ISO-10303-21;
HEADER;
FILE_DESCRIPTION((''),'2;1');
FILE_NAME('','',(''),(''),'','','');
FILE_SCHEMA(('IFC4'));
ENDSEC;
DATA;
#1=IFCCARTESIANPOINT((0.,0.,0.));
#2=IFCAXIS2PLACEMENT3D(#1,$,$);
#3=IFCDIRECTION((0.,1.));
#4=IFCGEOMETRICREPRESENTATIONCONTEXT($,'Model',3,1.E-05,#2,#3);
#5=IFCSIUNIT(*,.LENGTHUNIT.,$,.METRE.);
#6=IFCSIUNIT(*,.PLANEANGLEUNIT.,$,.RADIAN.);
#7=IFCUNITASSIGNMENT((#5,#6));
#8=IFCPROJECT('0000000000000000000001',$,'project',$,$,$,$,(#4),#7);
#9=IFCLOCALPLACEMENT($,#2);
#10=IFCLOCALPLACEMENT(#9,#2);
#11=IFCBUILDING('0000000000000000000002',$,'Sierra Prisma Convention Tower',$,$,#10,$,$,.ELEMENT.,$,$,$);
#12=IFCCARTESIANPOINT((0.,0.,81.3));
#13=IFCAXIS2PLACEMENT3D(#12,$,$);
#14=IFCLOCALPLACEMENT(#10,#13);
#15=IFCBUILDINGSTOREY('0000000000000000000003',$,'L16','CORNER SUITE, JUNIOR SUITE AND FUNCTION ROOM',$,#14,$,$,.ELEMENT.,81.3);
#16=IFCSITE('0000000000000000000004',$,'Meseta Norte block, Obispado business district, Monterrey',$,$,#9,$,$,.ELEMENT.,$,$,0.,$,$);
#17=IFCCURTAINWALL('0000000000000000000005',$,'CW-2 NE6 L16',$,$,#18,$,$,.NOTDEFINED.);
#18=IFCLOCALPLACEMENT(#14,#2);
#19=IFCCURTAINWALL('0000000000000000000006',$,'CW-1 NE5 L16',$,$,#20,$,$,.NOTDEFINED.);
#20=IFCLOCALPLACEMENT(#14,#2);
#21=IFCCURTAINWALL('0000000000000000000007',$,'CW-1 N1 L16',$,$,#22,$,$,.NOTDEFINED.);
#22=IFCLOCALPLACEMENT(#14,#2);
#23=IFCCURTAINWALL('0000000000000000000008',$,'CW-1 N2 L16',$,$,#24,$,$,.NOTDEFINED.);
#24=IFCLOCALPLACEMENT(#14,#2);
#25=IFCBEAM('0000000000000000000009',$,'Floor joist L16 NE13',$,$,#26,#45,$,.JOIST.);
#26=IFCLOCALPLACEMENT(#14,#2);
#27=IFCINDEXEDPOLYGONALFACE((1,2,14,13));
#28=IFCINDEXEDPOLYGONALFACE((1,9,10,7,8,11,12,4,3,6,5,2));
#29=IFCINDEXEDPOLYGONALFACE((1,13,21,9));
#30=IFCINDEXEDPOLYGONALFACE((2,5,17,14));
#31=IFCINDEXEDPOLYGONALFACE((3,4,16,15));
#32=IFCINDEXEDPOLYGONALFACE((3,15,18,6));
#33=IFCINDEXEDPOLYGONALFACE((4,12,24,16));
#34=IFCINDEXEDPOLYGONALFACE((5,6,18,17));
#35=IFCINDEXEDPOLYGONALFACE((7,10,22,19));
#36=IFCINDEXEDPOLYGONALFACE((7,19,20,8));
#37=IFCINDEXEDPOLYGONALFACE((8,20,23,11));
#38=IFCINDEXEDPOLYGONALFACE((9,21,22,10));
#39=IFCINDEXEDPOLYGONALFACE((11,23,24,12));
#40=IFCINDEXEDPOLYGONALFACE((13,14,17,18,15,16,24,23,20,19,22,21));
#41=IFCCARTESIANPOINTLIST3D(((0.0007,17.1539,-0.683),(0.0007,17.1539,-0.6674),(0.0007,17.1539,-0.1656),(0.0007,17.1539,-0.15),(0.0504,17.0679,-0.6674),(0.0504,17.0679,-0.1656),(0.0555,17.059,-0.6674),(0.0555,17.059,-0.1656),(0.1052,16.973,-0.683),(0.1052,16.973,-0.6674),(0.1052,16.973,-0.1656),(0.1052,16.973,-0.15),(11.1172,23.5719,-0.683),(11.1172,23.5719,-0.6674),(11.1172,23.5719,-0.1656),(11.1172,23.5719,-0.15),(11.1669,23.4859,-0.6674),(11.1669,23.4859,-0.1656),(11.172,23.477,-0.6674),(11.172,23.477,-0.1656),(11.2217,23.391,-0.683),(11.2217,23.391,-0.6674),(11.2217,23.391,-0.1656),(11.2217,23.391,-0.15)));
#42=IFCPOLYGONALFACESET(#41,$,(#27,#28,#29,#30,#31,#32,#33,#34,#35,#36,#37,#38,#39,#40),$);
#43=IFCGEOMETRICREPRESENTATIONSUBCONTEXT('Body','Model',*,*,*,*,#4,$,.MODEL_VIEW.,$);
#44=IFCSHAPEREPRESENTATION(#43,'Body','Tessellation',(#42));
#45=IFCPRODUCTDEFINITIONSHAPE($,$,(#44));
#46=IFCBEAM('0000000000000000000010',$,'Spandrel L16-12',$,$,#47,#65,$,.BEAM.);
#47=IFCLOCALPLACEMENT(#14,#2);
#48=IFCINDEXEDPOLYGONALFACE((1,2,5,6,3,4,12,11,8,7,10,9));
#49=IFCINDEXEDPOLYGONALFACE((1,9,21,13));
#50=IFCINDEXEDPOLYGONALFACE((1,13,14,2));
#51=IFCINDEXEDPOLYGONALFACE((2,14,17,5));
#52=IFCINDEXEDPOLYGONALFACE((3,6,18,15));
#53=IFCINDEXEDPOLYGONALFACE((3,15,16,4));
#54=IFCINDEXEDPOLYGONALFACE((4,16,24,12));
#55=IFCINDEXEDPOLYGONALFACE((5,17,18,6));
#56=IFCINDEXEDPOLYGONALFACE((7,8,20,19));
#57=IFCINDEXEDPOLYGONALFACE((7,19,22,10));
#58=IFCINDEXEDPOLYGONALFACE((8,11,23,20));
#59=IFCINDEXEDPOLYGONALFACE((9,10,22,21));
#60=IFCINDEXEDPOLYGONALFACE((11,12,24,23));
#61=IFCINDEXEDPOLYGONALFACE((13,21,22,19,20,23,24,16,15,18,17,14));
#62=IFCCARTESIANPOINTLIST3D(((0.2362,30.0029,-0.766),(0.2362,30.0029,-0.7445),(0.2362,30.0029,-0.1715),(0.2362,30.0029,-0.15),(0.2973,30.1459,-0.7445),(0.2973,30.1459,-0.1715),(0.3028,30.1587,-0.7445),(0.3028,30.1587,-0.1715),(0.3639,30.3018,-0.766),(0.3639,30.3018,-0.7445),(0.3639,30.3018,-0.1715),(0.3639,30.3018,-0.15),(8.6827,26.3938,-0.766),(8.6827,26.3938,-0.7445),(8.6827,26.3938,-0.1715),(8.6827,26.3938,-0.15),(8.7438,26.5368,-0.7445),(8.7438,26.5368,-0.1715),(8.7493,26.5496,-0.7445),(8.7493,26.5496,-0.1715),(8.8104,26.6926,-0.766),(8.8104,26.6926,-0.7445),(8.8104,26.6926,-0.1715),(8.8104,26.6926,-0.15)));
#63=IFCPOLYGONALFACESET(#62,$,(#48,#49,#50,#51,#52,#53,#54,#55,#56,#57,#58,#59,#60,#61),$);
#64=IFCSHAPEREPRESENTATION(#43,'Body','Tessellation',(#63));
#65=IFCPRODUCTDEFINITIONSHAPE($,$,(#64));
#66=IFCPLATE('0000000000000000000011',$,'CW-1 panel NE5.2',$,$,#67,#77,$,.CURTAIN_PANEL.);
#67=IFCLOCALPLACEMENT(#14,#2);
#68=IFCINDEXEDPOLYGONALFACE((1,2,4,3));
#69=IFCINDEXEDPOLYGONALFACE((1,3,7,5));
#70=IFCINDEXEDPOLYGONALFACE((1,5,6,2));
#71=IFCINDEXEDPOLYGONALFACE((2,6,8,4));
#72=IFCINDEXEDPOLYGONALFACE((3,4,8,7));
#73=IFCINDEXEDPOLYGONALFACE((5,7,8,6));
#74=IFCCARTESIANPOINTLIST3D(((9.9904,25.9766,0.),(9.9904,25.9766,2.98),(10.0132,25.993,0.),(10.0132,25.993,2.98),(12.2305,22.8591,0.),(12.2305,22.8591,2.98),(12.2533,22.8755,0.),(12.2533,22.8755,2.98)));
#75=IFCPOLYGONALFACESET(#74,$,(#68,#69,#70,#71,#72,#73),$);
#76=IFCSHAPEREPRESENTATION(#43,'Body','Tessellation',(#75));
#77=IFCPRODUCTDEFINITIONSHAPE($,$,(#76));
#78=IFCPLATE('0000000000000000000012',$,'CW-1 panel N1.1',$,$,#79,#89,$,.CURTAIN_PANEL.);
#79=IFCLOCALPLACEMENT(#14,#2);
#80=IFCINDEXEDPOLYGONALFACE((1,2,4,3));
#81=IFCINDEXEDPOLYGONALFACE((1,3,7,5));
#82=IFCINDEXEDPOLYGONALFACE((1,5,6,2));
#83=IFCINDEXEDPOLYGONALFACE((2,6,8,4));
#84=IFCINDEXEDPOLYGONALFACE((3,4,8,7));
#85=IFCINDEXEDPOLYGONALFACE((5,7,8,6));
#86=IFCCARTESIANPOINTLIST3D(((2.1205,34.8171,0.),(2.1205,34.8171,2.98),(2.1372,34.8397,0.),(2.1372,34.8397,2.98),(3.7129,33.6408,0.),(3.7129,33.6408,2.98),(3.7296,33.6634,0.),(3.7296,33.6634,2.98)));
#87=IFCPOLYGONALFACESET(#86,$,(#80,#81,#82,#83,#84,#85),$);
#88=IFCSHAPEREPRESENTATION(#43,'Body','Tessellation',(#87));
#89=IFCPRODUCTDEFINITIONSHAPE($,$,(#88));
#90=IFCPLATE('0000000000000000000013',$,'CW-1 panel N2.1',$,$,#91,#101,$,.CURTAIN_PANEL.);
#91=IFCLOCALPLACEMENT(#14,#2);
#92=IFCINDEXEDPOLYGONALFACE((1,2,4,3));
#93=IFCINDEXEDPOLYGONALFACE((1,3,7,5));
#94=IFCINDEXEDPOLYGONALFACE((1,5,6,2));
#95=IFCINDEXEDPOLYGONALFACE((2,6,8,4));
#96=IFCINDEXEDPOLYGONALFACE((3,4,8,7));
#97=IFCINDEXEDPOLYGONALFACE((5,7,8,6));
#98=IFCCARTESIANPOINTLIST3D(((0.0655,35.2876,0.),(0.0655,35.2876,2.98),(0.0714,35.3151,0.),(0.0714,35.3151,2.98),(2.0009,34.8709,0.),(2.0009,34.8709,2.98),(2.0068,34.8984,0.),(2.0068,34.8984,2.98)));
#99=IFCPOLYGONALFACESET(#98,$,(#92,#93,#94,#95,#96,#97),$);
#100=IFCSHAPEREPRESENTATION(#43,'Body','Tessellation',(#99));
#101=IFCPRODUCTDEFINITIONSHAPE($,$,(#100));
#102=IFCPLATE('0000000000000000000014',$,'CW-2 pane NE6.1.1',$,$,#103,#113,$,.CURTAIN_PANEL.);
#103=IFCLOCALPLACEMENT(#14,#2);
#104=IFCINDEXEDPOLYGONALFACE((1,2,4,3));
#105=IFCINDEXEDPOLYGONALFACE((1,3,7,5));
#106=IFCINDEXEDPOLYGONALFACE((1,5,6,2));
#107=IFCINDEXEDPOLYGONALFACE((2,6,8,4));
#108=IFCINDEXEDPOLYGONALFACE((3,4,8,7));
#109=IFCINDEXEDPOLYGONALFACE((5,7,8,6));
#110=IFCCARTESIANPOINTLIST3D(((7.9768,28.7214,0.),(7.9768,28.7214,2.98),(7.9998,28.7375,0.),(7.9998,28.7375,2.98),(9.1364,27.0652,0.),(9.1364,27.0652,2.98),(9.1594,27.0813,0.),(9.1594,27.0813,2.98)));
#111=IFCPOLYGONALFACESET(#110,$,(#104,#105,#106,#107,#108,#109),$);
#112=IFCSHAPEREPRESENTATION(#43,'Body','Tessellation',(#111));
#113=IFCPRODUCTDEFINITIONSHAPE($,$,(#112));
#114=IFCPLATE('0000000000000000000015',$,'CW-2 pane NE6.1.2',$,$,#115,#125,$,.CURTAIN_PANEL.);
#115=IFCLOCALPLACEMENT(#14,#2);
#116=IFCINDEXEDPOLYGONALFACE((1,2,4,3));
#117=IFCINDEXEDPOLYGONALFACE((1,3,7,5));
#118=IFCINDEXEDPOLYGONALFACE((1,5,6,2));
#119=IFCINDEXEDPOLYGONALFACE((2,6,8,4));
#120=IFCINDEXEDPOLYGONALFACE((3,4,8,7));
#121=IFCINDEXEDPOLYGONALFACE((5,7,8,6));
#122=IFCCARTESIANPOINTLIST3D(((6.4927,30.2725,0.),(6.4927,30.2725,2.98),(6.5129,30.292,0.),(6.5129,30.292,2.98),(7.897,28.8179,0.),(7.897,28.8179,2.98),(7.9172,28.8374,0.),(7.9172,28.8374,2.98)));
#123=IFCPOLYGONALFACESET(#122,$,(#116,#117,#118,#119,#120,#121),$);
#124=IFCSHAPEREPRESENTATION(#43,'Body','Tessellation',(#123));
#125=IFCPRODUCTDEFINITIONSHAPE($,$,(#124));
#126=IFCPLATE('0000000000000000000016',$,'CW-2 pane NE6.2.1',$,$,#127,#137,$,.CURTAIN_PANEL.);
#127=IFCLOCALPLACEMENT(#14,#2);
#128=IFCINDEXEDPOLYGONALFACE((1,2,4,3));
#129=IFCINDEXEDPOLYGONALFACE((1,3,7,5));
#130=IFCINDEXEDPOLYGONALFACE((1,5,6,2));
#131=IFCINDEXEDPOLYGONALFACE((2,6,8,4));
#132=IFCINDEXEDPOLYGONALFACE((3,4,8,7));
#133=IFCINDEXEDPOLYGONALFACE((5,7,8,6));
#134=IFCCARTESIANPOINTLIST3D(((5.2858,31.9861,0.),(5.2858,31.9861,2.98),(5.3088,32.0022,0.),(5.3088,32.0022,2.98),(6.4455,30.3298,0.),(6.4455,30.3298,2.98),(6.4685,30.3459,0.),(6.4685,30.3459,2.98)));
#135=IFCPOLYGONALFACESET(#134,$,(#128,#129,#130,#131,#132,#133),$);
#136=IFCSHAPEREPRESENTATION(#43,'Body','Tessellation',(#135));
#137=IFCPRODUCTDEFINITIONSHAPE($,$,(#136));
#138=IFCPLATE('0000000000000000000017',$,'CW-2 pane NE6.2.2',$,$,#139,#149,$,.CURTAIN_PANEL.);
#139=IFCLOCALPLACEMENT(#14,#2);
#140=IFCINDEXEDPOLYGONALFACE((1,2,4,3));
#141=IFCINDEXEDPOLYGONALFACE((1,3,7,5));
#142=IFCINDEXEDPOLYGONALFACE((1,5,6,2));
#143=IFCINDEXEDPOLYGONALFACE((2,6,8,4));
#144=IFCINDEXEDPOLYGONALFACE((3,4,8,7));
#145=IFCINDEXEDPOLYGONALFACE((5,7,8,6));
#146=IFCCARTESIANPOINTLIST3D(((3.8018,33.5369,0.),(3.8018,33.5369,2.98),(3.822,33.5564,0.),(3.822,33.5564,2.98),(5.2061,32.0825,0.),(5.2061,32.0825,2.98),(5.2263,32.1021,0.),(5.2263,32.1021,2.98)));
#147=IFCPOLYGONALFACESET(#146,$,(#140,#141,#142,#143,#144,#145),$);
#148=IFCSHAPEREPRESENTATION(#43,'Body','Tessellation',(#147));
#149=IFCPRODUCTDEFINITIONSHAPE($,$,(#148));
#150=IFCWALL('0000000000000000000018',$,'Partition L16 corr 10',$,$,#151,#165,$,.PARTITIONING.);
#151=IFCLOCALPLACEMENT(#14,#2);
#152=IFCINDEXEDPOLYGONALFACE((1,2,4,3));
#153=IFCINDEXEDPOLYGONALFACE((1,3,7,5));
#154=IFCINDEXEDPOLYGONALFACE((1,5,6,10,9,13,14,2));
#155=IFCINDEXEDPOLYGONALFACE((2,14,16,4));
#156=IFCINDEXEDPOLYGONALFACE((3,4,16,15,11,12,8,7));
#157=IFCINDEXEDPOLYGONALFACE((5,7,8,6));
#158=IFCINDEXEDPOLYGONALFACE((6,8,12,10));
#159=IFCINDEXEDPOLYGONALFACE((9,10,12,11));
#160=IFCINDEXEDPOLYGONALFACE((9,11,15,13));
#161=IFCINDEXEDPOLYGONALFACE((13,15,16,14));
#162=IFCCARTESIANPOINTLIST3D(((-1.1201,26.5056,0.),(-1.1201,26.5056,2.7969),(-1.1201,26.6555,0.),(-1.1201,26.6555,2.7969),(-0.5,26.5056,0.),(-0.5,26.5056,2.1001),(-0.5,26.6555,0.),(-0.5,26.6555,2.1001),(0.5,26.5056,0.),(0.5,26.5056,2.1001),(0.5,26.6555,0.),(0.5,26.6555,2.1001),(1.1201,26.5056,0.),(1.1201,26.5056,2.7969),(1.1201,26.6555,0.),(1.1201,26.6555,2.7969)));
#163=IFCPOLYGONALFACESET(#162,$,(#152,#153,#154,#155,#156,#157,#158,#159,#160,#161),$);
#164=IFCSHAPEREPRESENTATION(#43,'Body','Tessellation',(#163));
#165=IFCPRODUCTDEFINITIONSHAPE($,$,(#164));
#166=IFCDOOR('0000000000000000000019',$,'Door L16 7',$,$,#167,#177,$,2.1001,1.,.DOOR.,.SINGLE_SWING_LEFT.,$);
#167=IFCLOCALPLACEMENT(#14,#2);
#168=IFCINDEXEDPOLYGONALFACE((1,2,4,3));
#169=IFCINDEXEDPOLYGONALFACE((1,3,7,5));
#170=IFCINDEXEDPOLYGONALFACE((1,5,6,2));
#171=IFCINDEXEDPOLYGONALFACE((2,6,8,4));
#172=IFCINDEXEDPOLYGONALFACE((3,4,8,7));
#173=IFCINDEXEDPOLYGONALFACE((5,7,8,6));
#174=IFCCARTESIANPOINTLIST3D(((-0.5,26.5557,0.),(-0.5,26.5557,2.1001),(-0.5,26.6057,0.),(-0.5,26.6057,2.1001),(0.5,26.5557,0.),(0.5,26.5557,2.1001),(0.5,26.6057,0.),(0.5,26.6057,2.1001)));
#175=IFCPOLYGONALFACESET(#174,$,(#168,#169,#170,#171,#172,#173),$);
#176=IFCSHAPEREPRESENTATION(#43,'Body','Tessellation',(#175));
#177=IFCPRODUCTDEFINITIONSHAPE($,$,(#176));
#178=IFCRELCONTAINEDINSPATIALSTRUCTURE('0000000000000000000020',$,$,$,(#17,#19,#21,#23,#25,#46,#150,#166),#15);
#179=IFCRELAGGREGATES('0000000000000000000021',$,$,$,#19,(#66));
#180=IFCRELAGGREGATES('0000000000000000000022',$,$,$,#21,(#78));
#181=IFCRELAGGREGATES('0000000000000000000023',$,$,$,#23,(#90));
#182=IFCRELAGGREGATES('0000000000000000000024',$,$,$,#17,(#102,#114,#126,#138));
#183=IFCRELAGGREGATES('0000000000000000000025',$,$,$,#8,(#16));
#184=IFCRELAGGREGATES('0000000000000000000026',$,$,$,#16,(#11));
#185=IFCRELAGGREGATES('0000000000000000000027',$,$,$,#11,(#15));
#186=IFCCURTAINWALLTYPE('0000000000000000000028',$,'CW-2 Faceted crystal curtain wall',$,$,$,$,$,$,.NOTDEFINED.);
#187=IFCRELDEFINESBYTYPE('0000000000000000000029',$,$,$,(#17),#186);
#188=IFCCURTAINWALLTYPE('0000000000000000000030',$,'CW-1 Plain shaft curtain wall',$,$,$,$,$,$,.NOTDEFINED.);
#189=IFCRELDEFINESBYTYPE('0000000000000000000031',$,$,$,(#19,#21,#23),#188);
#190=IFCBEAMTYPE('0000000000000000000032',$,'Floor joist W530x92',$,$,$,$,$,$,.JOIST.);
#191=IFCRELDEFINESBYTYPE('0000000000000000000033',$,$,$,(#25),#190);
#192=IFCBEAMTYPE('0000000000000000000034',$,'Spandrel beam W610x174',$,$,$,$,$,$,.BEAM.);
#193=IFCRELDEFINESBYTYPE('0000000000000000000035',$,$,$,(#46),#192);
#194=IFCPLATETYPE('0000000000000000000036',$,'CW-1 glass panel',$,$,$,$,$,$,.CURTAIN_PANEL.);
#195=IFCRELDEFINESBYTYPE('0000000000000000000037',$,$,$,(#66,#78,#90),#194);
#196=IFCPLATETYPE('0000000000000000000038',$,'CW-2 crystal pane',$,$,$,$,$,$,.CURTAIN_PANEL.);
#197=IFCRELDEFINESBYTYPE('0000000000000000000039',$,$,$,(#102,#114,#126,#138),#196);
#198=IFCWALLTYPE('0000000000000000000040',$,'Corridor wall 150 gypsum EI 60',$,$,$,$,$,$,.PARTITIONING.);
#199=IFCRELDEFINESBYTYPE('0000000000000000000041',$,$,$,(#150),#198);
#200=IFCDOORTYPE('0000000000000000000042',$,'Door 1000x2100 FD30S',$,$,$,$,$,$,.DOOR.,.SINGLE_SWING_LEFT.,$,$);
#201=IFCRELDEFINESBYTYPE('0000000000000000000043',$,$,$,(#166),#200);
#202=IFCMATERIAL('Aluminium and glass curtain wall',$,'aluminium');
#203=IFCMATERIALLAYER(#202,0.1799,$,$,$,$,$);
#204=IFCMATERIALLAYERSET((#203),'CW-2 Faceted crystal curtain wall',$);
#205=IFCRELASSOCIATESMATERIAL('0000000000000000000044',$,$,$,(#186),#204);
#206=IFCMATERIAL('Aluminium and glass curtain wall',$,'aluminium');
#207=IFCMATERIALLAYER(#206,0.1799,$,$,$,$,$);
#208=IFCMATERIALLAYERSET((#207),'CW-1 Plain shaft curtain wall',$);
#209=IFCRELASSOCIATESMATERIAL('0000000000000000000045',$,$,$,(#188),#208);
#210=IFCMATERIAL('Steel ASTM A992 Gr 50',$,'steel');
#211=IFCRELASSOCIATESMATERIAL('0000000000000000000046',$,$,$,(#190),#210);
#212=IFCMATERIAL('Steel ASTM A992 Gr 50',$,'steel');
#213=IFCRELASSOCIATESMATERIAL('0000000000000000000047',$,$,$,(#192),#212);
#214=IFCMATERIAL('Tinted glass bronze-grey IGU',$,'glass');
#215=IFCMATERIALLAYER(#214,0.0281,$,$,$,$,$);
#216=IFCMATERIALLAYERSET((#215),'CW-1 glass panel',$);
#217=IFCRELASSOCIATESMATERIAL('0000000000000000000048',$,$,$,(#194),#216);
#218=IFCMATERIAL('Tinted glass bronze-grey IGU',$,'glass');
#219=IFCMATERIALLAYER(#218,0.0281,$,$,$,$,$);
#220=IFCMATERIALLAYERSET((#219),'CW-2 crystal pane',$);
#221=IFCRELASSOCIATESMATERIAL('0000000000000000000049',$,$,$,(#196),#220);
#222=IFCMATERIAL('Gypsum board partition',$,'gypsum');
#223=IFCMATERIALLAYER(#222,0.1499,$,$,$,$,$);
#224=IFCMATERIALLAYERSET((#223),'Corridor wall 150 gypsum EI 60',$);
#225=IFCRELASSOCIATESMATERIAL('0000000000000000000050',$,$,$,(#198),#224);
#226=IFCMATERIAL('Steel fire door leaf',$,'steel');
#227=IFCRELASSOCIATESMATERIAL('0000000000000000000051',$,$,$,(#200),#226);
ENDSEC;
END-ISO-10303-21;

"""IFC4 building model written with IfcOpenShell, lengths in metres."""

from ifc_helpers import new_model, si_unit, direction, frame, frame_2d, origin, origin_2d, place, context, subcontext, project, spatial, polyline, rectangle, i_section, outline, extrude, material, layer, layer_set, material_profile, profile_set, type_object, element, fill, aggregate, save


model = new_model("IFC4")

# Units and contexts
model_context = context("Model", 3, precision=1e-05, world=origin(), true_north=direction((0.0, 1.0)))
body_context = subcontext(model_context, "Body", "Model", "MODEL_VIEW")
ifc_project = project(units=[si_unit("LENGTHUNIT", "METRE"), si_unit("PLANEANGLEUNIT", "RADIAN")], contexts=[model_context])

# Site, building, storey
site_placement = place(None, origin())
site = spatial("IfcSite", under=ifc_project, at=site_placement, Name="Meseta Norte block, Obispado business district, Monterrey", CompositionType="ELEMENT", RefElevation=0.0)
building_placement = place(site_placement, origin())
building = spatial("IfcBuilding", under=site, at=building_placement, Name="Sierra Prisma Convention Tower", CompositionType="ELEMENT")
storey_placement = place(building_placement, frame((0.0, 0.0, 81.3)))
storey = spatial("IfcBuildingStorey", under=building, at=storey_placement, Name="L16", Description="CORNER SUITE, JUNIOR SUITE AND FUNCTION ROOM", CompositionType="ELEMENT", Elevation=81.3)

# Curtain wall
ifc_material_1 = material(Name="Aluminium and glass curtain wall", Category="aluminium")
ifc_layer_1 = layer(ifc_material_1, 0.1799)
ifc_layer_set_1 = layer_set([ifc_layer_1], Name="CW-2 Faceted crystal curtain wall")
curtain_wall_type_1 = type_object("IfcCurtainWallType", Name="CW-2 Faceted crystal curtain wall", PredefinedType="NOTDEFINED", material=ifc_layer_set_1)
curtain_wall_1_placement = place(storey_placement, origin())
curtain_wall_1 = element("IfcCurtainWall", 1, at=curtain_wall_1_placement, inside=storey, type_object=curtain_wall_type_1, Name="CW-2 NE6 L16", PredefinedType="NOTDEFINED")

# Curtain wall
ifc_material_2 = material(Name="Aluminium and glass curtain wall", Category="aluminium")
ifc_layer_2 = layer(ifc_material_2, 0.1799)
ifc_layer_set_2 = layer_set([ifc_layer_2], Name="CW-1 Plain shaft curtain wall")
curtain_wall_type_2 = type_object("IfcCurtainWallType", Name="CW-1 Plain shaft curtain wall", PredefinedType="NOTDEFINED", material=ifc_layer_set_2)
curtain_wall_2_placement = place(storey_placement, origin())
curtain_wall_2 = element("IfcCurtainWall", 2, at=curtain_wall_2_placement, inside=storey, type_object=curtain_wall_type_2, Name="CW-1 NE5 L16", PredefinedType="NOTDEFINED")

# Curtain walls
curtain_wall_3_placement = place(storey_placement, origin())
curtain_wall_3 = element("IfcCurtainWall", 3, at=curtain_wall_3_placement, inside=storey, type_object=curtain_wall_type_2, Name="CW-1 N1 L16", PredefinedType="NOTDEFINED")
curtain_wall_4_placement = place(storey_placement, origin())
curtain_wall_4 = element("IfcCurtainWall", 4, at=curtain_wall_4_placement, inside=storey, type_object=curtain_wall_type_2, Name="CW-1 N2 L16", PredefinedType="NOTDEFINED")

# Beams
ifc_material_3 = material(Name="Steel ASTM A992 Gr 50", Category="steel")
ifc_material_profile_1 = material_profile(ifc_material_3, i_section(OverallWidth=0.209, OverallDepth=0.533, WebThickness=0.0103, FlangeThickness=0.0156, at=origin_2d()), Name="W530x92")
ifc_profile_set_1 = profile_set([ifc_material_profile_1], Name="Steel ASTM A992 Gr 50")
beam_type_1 = type_object("IfcBeamType", Name="Floor joist W530x92", PredefinedType="JOIST", material=ifc_profile_set_1)
beam_1_placement = place(storey_placement, frame((11.1694, 23.4814, -0.4165), z_axis=(-0.866029, -0.499993, 0.0), x_axis=(0.499993, -0.866029, 0.0)))
element("IfcBeam", 5, at=beam_1_placement, inside=storey, type_object=beam_type_1, Name="Floor joist L16 NE13", PredefinedType="JOIST", context=body_context, shape_type="SweptSolid", body=[
    extrude(i_section(OverallWidth=0.209, OverallDepth=0.533, WebThickness=0.0103, FlangeThickness=0.0156, at=origin_2d()), origin(), (0.0, 0.0, 1.0), 12.8362),
])
ifc_material_4 = material(Name="Steel ASTM A992 Gr 50", Category="steel")
ifc_material_profile_2 = material_profile(ifc_material_4, i_section(OverallWidth=0.325, OverallDepth=0.616, WebThickness=0.0139, FlangeThickness=0.0215, at=origin_2d()), Name="W610x174")
ifc_profile_set_2 = profile_set([ifc_material_profile_2], Name="Steel ASTM A992 Gr 50")
beam_type_2 = type_object("IfcBeamType", Name="Spandrel beam W610x174", PredefinedType="BEAM", material=ifc_profile_set_2)
beam_2_placement = place(storey_placement, frame((8.7466, 26.5432, -0.458), z_axis=(-0.919571, 0.392925, 0.0), x_axis=(-0.392925, -0.919571, 0.0)))
element("IfcBeam", 6, at=beam_2_placement, inside=storey, type_object=beam_type_2, Name="Spandrel L16-12", PredefinedType="BEAM", context=body_context, shape_type="SweptSolid", body=[
    extrude(i_section(OverallWidth=0.325, OverallDepth=0.616, WebThickness=0.0139, FlangeThickness=0.0215, at=origin_2d()), origin(), (0.0, 0.0, 1.0), 9.1853),
])

# Plates
ifc_material_5 = material(Name="Tinted glass bronze-grey IGU", Category="glass")
ifc_layer_3 = layer(ifc_material_5, 0.0281)
ifc_layer_set_3 = layer_set([ifc_layer_3], Name="CW-1 glass panel")
plate_type_1 = type_object("IfcPlateType", Name="CW-1 glass panel", PredefinedType="CURTAIN_PANEL", material=ifc_layer_set_3)
plate_1_placement = place(storey_placement, frame((11.1218, 24.426, 0.0), z_axis=(0.0, 0.0, 1.0), x_axis=(-0.583524, 0.812096, 0.0)))
plate_1 = element("IfcPlate", 7, at=plate_1_placement, type_object=plate_type_1, Name="CW-1 panel NE5.2", PredefinedType="CURTAIN_PANEL", context=body_context, shape_type="SweptSolid", body=[
    extrude(rectangle(XDim=3.8389, YDim=0.0281, at=origin_2d()), origin(), (0.0, 0.0, 1.0), 2.98),
])
aggregate(curtain_wall_2, [plate_1])
plate_2_placement = place(storey_placement, frame((2.925, 34.2402, 0.0), z_axis=(0.0, 0.0, 1.0), x_axis=(-0.804356, 0.594147, 0.0)))
plate_2 = element("IfcPlate", 8, at=plate_2_placement, type_object=plate_type_1, Name="CW-1 panel N1.1", PredefinedType="CURTAIN_PANEL", context=body_context, shape_type="SweptSolid", body=[
    extrude(rectangle(XDim=1.9797, YDim=0.0281, at=origin_2d()), origin(), (0.0, 0.0, 1.0), 2.98),
])
aggregate(curtain_wall_3, [plate_2])
plate_3_placement = place(storey_placement, frame((1.0361, 35.093, 0.0), z_axis=(0.0, 0.0, 1.0), x_axis=(-0.977598, 0.210482, 0.0)))
plate_3 = element("IfcPlate", 9, at=plate_3_placement, type_object=plate_type_1, Name="CW-1 panel N2.1", PredefinedType="CURTAIN_PANEL", context=body_context, shape_type="SweptSolid", body=[
    extrude(rectangle(XDim=1.9797, YDim=0.0281, at=origin_2d()), origin(), (0.0, 0.0, 1.0), 2.98),
])
aggregate(curtain_wall_4, [plate_3])
ifc_material_6 = material(Name="Tinted glass bronze-grey IGU", Category="glass")
ifc_layer_4 = layer(ifc_material_6, 0.0281)
ifc_layer_set_4 = layer_set([ifc_layer_4], Name="CW-2 crystal pane")
plate_type_2 = type_object("IfcPlateType", Name="CW-2 crystal pane", PredefinedType="CURTAIN_PANEL", material=ifc_layer_set_4)
plate_4_placement = place(storey_placement, frame((9.1594, 27.0813, 0.0), z_axis=(0.819164, 0.57356, 0.0), x_axis=(-0.57356, 0.819164, 0.0)))
plate_4 = element("IfcPlate", 10, at=plate_4_placement, type_object=plate_type_2, Name="CW-2 pane NE6.1.1", PredefinedType="CURTAIN_PANEL", context=body_context, shape_type="SweptSolid", body=[
    extrude(outline(polyline([(0.0, 0.0), (2.0219, 0.0), (2.0219, 2.98), (0.0, 2.98), (0.0, 0.0)])), origin(), (0.0, 0.0, -1.0), 0.0281),
])
plate_5_placement = place(storey_placement, frame((6.5129, 30.292, 0.0), z_axis=(0.719435, 0.69456, 0.0), x_axis=(0.69456, -0.719435, 0.0)))
plate_5 = element("IfcPlate", 11, at=plate_5_placement, type_object=plate_type_2, Name="CW-2 pane NE6.1.2", PredefinedType="CURTAIN_PANEL", context=body_context, shape_type="SweptSolid", body=[
    extrude(outline(polyline([(0.0, 0.0), (2.0219, 0.0), (2.0219, -2.98), (0.0, -2.98), (0.0, 0.0)])), origin(), (0.0, 0.0, -1.0), 0.0281),
])
plate_6_placement = place(storey_placement, frame((6.4685, 30.3459, 0.0), z_axis=(0.819164, 0.57356, 0.0), x_axis=(-0.57356, 0.819164, 0.0)))
plate_6 = element("IfcPlate", 12, at=plate_6_placement, type_object=plate_type_2, Name="CW-2 pane NE6.2.1", PredefinedType="CURTAIN_PANEL", context=body_context, shape_type="SweptSolid", body=[
    extrude(outline(polyline([(0.0, 0.0), (2.0219, 0.0), (2.0219, 2.98), (0.0, 2.98), (0.0, 0.0)])), origin(), (0.0, 0.0, -1.0), 0.0281),
])
plate_7_placement = place(storey_placement, frame((3.822, 33.5564, 0.0), z_axis=(0.719376, 0.69462, 0.0), x_axis=(0.69462, -0.719376, 0.0)))
plate_7 = element("IfcPlate", 13, at=plate_7_placement, type_object=plate_type_2, Name="CW-2 pane NE6.2.2", PredefinedType="CURTAIN_PANEL", context=body_context, shape_type="SweptSolid", body=[
    extrude(outline(polyline([(0.0, 0.0), (2.0217, 0.0), (2.0217, -2.98), (0.0, -2.98), (0.0, 0.0)])), origin(), (0.0, 0.0, -1.0), 0.0281),
])
aggregate(curtain_wall_1, [plate_4, plate_5, plate_6, plate_7])

# Wall, opening, door
ifc_material_7 = material(Name="Gypsum board partition", Category="gypsum")
ifc_layer_5 = layer(ifc_material_7, 0.1499)
ifc_layer_set_5 = layer_set([ifc_layer_5], Name="Corridor wall 150 gypsum EI 60")
wall_type_1 = type_object("IfcWallType", Name="Corridor wall 150 gypsum EI 60", PredefinedType="PARTITIONING", material=ifc_layer_set_5)
wall_1_placement = place(storey_placement, frame((1.1201, 26.5806, 0.0), z_axis=(0.0, 0.0, 1.0), x_axis=(-1.0, 0.0, 0.0)))
wall_1 = element("IfcWall", 14, at=wall_1_placement, inside=storey, type_object=wall_type_1, Name="Partition L16 corr 10", PredefinedType="PARTITIONING", context=body_context, shape_type="SweptSolid", body=[
    extrude(rectangle(XDim=2.2402, YDim=0.1499, at=frame_2d((1.1201, 0.0))), origin(), (0.0, 0.0, 1.0), 2.7969),
])
opening_placement = place(wall_1_placement, frame((0.6201, 0.0, 0.0)))
opening = element("IfcOpeningElement", 15, at=opening_placement, cuts=wall_1, PredefinedType="OPENING", context=body_context, shape_type="SweptSolid", body=[
    extrude(rectangle(XDim=1.0, YDim=2.1001, at=frame_2d((0.5, 1.05))), frame((0.0, 0.075, 0.0), z_axis=(0.0, -1.0, 0.0), x_axis=(1.0, 0.0, 0.0)), (0.0, 0.0, 1.0), 0.1499),
])
ifc_material_8 = material(Name="Steel fire door leaf", Category="steel")
door_type = type_object("IfcDoorType", Name="Door 1000x2100 FD30S", OperationType="SINGLE_SWING_LEFT", PredefinedType="DOOR", material=ifc_material_8)
door_placement = place(opening_placement, origin())
door = element("IfcDoor", 16, at=door_placement, inside=storey, type_object=door_type, Name="Door L16 7", OperationType="SINGLE_SWING_LEFT", OverallHeight=2.1001, OverallWidth=1.0, PredefinedType="DOOR", context=body_context, shape_type="SweptSolid", body=[
    extrude(rectangle(XDim=1.0, YDim=2.1001, at=frame_2d((0.5, 1.05))), frame((0.0, 0.0249, 0.0), z_axis=(0.0, -1.0, 0.0), x_axis=(1.0, 0.0, 0.0)), (0.0, 0.0, 1.0), 0.05),
])
fill(opening, door)

save(model, "model.ifc")
